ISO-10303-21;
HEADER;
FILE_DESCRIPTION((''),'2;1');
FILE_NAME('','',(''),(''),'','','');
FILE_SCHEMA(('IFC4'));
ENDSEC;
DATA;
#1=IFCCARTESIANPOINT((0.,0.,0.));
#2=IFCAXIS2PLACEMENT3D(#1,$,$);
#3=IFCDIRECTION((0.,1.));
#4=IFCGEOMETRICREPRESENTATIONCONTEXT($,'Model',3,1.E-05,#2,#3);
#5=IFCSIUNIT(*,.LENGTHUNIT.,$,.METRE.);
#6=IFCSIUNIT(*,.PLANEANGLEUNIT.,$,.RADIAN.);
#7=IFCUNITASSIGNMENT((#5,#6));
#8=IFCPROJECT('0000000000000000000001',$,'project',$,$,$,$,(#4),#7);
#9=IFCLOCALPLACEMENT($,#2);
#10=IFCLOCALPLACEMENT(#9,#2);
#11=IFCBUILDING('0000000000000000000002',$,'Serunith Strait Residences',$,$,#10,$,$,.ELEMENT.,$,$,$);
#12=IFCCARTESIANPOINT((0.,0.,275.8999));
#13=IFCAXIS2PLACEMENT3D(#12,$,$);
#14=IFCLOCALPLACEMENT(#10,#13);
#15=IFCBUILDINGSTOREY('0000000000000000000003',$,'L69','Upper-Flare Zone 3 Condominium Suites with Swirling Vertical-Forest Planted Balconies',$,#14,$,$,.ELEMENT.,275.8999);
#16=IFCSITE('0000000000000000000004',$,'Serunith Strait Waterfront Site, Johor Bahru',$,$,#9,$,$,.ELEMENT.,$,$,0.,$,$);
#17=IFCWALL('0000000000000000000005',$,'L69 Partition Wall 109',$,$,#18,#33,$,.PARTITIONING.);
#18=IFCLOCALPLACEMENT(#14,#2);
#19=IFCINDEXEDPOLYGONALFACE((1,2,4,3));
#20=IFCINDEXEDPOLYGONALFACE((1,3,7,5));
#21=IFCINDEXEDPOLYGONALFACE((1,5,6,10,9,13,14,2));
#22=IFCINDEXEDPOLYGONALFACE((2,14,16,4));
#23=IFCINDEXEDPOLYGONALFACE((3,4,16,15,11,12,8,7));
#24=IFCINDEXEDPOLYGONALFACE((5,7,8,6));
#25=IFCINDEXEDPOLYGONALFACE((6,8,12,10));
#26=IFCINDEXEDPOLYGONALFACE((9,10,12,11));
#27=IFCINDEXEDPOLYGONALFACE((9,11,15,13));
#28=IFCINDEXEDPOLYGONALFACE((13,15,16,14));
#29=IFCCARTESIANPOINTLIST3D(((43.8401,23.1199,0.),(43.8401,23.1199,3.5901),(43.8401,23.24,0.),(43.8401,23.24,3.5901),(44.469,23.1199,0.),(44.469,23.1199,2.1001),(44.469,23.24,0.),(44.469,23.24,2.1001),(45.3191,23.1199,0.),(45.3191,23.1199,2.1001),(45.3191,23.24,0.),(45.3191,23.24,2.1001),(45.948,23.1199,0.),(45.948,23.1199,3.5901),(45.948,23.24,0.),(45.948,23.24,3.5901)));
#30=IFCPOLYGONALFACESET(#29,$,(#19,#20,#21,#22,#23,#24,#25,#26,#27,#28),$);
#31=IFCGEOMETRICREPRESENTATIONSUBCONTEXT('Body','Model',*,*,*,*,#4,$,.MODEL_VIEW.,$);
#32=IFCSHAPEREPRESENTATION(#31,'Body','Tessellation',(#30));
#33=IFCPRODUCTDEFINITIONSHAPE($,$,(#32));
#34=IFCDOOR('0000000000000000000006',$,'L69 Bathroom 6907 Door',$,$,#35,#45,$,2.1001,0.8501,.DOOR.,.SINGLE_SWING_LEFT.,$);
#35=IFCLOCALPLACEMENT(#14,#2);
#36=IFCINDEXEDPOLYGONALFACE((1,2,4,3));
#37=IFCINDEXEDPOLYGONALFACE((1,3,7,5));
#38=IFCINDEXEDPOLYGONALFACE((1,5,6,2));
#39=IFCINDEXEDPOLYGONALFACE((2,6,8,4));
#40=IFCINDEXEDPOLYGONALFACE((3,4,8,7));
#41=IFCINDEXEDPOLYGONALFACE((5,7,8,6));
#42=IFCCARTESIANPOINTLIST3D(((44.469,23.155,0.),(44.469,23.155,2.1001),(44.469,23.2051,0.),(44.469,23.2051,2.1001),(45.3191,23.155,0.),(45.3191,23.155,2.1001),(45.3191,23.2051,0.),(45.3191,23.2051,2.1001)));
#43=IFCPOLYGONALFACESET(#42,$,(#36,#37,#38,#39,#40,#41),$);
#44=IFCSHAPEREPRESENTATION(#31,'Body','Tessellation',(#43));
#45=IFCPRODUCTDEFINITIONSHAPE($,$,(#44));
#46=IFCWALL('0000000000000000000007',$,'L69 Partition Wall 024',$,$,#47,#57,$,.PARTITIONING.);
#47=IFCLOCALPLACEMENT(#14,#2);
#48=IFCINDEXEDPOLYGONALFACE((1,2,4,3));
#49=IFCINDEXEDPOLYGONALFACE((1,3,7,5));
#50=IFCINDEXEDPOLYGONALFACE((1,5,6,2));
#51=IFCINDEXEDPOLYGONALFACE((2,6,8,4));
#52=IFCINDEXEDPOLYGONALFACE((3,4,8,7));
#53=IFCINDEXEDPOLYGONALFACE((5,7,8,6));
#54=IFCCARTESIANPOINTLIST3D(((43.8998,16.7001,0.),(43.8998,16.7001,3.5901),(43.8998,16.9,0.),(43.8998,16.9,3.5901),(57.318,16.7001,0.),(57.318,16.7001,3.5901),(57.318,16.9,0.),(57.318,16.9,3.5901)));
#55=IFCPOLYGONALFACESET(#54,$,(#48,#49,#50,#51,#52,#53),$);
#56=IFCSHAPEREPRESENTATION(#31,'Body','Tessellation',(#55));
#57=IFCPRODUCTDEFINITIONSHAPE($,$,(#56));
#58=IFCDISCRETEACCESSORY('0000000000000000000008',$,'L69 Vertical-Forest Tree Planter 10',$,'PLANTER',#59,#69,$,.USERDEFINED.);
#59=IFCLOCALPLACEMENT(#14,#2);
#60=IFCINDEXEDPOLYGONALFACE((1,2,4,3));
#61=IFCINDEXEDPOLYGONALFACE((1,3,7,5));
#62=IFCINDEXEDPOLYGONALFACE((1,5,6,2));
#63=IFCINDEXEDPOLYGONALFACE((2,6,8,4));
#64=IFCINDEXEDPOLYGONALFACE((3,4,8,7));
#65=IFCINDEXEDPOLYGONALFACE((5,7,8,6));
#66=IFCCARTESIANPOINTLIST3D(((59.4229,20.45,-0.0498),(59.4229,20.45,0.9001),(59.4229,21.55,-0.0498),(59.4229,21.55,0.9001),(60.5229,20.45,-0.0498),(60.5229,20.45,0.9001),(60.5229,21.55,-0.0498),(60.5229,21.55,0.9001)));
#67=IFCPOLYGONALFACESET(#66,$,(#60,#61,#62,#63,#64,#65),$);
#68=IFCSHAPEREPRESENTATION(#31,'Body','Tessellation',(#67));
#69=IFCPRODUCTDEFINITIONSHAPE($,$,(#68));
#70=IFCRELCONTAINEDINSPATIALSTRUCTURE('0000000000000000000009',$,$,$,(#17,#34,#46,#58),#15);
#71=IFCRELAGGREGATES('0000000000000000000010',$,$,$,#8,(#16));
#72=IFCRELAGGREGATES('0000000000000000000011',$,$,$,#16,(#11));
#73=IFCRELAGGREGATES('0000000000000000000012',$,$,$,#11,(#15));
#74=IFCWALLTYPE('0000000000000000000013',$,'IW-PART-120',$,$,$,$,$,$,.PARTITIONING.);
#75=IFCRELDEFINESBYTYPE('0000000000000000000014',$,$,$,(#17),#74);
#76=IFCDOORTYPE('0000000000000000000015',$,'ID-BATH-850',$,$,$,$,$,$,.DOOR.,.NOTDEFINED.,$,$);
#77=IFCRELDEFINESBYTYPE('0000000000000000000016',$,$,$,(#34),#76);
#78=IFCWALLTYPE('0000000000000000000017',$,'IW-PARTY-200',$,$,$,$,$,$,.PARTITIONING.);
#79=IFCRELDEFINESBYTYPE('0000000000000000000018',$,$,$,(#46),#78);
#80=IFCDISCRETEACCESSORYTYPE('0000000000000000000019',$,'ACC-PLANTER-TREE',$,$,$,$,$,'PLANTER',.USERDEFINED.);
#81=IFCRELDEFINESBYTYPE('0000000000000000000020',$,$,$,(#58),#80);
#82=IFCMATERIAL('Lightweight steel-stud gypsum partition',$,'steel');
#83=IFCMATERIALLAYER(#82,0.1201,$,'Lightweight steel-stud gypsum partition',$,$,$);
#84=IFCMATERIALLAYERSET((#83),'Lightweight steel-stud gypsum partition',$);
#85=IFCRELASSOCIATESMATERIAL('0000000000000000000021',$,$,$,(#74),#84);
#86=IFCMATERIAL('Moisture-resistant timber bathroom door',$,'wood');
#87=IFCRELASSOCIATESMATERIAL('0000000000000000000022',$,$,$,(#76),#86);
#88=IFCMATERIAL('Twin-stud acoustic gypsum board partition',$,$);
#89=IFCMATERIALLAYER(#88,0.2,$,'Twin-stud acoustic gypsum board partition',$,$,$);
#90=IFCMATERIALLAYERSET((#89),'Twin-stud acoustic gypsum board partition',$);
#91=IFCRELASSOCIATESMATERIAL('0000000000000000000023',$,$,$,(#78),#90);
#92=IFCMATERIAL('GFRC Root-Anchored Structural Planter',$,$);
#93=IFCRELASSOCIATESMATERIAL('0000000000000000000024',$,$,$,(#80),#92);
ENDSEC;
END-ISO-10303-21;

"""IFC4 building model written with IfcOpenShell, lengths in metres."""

from ifc_helpers import new_model, si_unit, direction, frame, frame_2d, origin, origin_2d, place, context, subcontext, project, spatial, rectangle, extrude, source, transform, mapped, material, layer, layer_set, type_object, element, fill, save


model = new_model("IFC4")

# Units and contexts
model_context = context("Model", 3, precision=1e-05, world=origin(), true_north=direction((0.0, 1.0)))
body_context = subcontext(model_context, "Body", "Model", "MODEL_VIEW")
ifc_project = project(units=[si_unit("LENGTHUNIT", "METRE"), si_unit("PLANEANGLEUNIT", "RADIAN")], contexts=[model_context])

# Site, building, storey
site_placement = place(None, origin())
site = spatial("IfcSite", under=ifc_project, at=site_placement, Name="Serunith Strait Waterfront Site, Johor Bahru", CompositionType="ELEMENT", RefElevation=0.0)
building_placement = place(site_placement, origin())
building = spatial("IfcBuilding", under=site, at=building_placement, Name="Serunith Strait Residences", CompositionType="ELEMENT")
storey_placement = place(building_placement, frame((0.0, 0.0, 275.8999)))
storey = spatial("IfcBuildingStorey", under=building, at=storey_placement, Name="L69", Description="Upper-Flare Zone 3 Condominium Suites with Swirling Vertical-Forest Planted Balconies", CompositionType="ELEMENT", Elevation=275.8999)

# Shared definitions
ifc_material_1 = material(Name="Lightweight steel-stud gypsum partition", Category="steel")
ifc_layer_1 = layer(ifc_material_1, 0.1201, Name="Lightweight steel-stud gypsum partition")
ifc_layer_set_1 = layer_set([ifc_layer_1], Name="Lightweight steel-stud gypsum partition")
wall_type_1 = type_object("IfcWallType", Name="IW-PART-120", PredefinedType="PARTITIONING", material=ifc_layer_set_1)

# Shared definitions
ifc_material_2 = material(Name="Moisture-resistant timber bathroom door", Category="wood")
door_type_1 = type_object("IfcDoorType", Name="ID-BATH-850", OperationType="NOTDEFINED", PredefinedType="DOOR", material=ifc_material_2)
shared_shape_1 = source(origin(), body_context, "Body", "SweptSolid", [
    extrude(rectangle(XDim=0.8501, YDim=2.1001, at=frame_2d((0.425, 1.05))), frame((0.0, 0.0249, 0.0), z_axis=(0.0, -1.0, 0.0), x_axis=(1.0, 0.0, 0.0)), (0.0, 0.0, 1.0), 0.05),
])

# Wall, opening, door
wall_1_placement = place(storey_placement, frame((45.948, 23.1799, 0.0), z_axis=(0.0, 0.0, 1.0), x_axis=(-1.0, 0.0, 0.0)))
wall_1 = element("IfcWall", 1, at=wall_1_placement, inside=storey, type_object=wall_type_1, Name="L69 Partition Wall 109", PredefinedType="PARTITIONING", context=body_context, shape_type="SweptSolid", body=[
    extrude(rectangle(XDim=2.1079, YDim=0.1201, at=frame_2d((1.054, 0.0))), origin(), (0.0, 0.0, 1.0), 3.5901),
])
opening_1_placement = place(wall_1_placement, frame((0.6289, 0.0, 0.0)))
opening_1 = element("IfcOpeningElement", 2, at=opening_1_placement, cuts=wall_1, PredefinedType="OPENING", context=body_context, shape_type="SweptSolid", body=[
    extrude(rectangle(XDim=0.8501, YDim=2.1001, at=frame_2d((0.425, 1.05))), frame((0.0, 0.0701, 0.0), z_axis=(0.0, -1.0, 0.0), x_axis=(1.0, 0.0, 0.0)), (0.0, 0.0, 1.0), 0.1401),
])
door_1_placement = place(opening_1_placement, origin())
door_1 = element("IfcDoor", 3, at=door_1_placement, inside=storey, type_object=door_type_1, Name="L69 Bathroom 6907 Door", OperationType="SINGLE_SWING_LEFT", OverallHeight=2.1001, OverallWidth=0.8501, PredefinedType="DOOR", context=body_context, shape_type="MappedRepresentation", body=[
    mapped(shared_shape_1, transform((0.0, 0.0, 0.0), scale=1.0)),
])
fill(opening_1, door_1)

# Wall
ifc_material_3 = material(Name="Twin-stud acoustic gypsum board partition")
ifc_layer_2 = layer(ifc_material_3, 0.2, Name="Twin-stud acoustic gypsum board partition")
ifc_layer_set_2 = layer_set([ifc_layer_2], Name="Twin-stud acoustic gypsum board partition")
wall_type_2 = type_object("IfcWallType", Name="IW-PARTY-200", PredefinedType="PARTITIONING", material=ifc_layer_set_2)
wall_2_placement = place(storey_placement, frame((43.8999, 16.8, 0.0), z_axis=(0.0, 0.0, 1.0), x_axis=(1.0, 0.0, 0.0)))
element("IfcWall", 4, at=wall_2_placement, inside=storey, type_object=wall_type_2, Name="L69 Partition Wall 024", PredefinedType="PARTITIONING", context=body_context, shape_type="SweptSolid", body=[
    extrude(rectangle(XDim=13.4182, YDim=0.2, at=frame_2d((6.709, 0.0))), origin(), (0.0, 0.0, 1.0), 3.5901),
])

# Discrete accessory
ifc_material_4 = material(Name="GFRC Root-Anchored Structural Planter")
discrete_accessory_type = type_object("IfcDiscreteAccessoryType", Name="ACC-PLANTER-TREE", ElementType="PLANTER", PredefinedType="USERDEFINED", material=ifc_material_4)
shared_shape_2 = source(origin(), body_context, "Body", "SweptSolid", [
    extrude(rectangle(XDim=1.1001, YDim=1.1001, at=origin_2d()), origin(), (0.0, 0.0, 1.0), 0.95),
])
discrete_accessory_placement = place(storey_placement, frame((59.9729, 21.0, -0.0498), z_axis=(0.0, 0.0, 1.0), x_axis=(0.0, 1.0, 0.0)))
element("IfcDiscreteAccessory", 5, at=discrete_accessory_placement, inside=storey, type_object=discrete_accessory_type, Name="L69 Vertical-Forest Tree Planter 10", ObjectType="PLANTER", PredefinedType="USERDEFINED", context=body_context, shape_type="MappedRepresentation", body=[
    mapped(shared_shape_2, transform((0.0, 0.0, 0.0), scale=1.0)),
])

save(model, "model.ifc")
